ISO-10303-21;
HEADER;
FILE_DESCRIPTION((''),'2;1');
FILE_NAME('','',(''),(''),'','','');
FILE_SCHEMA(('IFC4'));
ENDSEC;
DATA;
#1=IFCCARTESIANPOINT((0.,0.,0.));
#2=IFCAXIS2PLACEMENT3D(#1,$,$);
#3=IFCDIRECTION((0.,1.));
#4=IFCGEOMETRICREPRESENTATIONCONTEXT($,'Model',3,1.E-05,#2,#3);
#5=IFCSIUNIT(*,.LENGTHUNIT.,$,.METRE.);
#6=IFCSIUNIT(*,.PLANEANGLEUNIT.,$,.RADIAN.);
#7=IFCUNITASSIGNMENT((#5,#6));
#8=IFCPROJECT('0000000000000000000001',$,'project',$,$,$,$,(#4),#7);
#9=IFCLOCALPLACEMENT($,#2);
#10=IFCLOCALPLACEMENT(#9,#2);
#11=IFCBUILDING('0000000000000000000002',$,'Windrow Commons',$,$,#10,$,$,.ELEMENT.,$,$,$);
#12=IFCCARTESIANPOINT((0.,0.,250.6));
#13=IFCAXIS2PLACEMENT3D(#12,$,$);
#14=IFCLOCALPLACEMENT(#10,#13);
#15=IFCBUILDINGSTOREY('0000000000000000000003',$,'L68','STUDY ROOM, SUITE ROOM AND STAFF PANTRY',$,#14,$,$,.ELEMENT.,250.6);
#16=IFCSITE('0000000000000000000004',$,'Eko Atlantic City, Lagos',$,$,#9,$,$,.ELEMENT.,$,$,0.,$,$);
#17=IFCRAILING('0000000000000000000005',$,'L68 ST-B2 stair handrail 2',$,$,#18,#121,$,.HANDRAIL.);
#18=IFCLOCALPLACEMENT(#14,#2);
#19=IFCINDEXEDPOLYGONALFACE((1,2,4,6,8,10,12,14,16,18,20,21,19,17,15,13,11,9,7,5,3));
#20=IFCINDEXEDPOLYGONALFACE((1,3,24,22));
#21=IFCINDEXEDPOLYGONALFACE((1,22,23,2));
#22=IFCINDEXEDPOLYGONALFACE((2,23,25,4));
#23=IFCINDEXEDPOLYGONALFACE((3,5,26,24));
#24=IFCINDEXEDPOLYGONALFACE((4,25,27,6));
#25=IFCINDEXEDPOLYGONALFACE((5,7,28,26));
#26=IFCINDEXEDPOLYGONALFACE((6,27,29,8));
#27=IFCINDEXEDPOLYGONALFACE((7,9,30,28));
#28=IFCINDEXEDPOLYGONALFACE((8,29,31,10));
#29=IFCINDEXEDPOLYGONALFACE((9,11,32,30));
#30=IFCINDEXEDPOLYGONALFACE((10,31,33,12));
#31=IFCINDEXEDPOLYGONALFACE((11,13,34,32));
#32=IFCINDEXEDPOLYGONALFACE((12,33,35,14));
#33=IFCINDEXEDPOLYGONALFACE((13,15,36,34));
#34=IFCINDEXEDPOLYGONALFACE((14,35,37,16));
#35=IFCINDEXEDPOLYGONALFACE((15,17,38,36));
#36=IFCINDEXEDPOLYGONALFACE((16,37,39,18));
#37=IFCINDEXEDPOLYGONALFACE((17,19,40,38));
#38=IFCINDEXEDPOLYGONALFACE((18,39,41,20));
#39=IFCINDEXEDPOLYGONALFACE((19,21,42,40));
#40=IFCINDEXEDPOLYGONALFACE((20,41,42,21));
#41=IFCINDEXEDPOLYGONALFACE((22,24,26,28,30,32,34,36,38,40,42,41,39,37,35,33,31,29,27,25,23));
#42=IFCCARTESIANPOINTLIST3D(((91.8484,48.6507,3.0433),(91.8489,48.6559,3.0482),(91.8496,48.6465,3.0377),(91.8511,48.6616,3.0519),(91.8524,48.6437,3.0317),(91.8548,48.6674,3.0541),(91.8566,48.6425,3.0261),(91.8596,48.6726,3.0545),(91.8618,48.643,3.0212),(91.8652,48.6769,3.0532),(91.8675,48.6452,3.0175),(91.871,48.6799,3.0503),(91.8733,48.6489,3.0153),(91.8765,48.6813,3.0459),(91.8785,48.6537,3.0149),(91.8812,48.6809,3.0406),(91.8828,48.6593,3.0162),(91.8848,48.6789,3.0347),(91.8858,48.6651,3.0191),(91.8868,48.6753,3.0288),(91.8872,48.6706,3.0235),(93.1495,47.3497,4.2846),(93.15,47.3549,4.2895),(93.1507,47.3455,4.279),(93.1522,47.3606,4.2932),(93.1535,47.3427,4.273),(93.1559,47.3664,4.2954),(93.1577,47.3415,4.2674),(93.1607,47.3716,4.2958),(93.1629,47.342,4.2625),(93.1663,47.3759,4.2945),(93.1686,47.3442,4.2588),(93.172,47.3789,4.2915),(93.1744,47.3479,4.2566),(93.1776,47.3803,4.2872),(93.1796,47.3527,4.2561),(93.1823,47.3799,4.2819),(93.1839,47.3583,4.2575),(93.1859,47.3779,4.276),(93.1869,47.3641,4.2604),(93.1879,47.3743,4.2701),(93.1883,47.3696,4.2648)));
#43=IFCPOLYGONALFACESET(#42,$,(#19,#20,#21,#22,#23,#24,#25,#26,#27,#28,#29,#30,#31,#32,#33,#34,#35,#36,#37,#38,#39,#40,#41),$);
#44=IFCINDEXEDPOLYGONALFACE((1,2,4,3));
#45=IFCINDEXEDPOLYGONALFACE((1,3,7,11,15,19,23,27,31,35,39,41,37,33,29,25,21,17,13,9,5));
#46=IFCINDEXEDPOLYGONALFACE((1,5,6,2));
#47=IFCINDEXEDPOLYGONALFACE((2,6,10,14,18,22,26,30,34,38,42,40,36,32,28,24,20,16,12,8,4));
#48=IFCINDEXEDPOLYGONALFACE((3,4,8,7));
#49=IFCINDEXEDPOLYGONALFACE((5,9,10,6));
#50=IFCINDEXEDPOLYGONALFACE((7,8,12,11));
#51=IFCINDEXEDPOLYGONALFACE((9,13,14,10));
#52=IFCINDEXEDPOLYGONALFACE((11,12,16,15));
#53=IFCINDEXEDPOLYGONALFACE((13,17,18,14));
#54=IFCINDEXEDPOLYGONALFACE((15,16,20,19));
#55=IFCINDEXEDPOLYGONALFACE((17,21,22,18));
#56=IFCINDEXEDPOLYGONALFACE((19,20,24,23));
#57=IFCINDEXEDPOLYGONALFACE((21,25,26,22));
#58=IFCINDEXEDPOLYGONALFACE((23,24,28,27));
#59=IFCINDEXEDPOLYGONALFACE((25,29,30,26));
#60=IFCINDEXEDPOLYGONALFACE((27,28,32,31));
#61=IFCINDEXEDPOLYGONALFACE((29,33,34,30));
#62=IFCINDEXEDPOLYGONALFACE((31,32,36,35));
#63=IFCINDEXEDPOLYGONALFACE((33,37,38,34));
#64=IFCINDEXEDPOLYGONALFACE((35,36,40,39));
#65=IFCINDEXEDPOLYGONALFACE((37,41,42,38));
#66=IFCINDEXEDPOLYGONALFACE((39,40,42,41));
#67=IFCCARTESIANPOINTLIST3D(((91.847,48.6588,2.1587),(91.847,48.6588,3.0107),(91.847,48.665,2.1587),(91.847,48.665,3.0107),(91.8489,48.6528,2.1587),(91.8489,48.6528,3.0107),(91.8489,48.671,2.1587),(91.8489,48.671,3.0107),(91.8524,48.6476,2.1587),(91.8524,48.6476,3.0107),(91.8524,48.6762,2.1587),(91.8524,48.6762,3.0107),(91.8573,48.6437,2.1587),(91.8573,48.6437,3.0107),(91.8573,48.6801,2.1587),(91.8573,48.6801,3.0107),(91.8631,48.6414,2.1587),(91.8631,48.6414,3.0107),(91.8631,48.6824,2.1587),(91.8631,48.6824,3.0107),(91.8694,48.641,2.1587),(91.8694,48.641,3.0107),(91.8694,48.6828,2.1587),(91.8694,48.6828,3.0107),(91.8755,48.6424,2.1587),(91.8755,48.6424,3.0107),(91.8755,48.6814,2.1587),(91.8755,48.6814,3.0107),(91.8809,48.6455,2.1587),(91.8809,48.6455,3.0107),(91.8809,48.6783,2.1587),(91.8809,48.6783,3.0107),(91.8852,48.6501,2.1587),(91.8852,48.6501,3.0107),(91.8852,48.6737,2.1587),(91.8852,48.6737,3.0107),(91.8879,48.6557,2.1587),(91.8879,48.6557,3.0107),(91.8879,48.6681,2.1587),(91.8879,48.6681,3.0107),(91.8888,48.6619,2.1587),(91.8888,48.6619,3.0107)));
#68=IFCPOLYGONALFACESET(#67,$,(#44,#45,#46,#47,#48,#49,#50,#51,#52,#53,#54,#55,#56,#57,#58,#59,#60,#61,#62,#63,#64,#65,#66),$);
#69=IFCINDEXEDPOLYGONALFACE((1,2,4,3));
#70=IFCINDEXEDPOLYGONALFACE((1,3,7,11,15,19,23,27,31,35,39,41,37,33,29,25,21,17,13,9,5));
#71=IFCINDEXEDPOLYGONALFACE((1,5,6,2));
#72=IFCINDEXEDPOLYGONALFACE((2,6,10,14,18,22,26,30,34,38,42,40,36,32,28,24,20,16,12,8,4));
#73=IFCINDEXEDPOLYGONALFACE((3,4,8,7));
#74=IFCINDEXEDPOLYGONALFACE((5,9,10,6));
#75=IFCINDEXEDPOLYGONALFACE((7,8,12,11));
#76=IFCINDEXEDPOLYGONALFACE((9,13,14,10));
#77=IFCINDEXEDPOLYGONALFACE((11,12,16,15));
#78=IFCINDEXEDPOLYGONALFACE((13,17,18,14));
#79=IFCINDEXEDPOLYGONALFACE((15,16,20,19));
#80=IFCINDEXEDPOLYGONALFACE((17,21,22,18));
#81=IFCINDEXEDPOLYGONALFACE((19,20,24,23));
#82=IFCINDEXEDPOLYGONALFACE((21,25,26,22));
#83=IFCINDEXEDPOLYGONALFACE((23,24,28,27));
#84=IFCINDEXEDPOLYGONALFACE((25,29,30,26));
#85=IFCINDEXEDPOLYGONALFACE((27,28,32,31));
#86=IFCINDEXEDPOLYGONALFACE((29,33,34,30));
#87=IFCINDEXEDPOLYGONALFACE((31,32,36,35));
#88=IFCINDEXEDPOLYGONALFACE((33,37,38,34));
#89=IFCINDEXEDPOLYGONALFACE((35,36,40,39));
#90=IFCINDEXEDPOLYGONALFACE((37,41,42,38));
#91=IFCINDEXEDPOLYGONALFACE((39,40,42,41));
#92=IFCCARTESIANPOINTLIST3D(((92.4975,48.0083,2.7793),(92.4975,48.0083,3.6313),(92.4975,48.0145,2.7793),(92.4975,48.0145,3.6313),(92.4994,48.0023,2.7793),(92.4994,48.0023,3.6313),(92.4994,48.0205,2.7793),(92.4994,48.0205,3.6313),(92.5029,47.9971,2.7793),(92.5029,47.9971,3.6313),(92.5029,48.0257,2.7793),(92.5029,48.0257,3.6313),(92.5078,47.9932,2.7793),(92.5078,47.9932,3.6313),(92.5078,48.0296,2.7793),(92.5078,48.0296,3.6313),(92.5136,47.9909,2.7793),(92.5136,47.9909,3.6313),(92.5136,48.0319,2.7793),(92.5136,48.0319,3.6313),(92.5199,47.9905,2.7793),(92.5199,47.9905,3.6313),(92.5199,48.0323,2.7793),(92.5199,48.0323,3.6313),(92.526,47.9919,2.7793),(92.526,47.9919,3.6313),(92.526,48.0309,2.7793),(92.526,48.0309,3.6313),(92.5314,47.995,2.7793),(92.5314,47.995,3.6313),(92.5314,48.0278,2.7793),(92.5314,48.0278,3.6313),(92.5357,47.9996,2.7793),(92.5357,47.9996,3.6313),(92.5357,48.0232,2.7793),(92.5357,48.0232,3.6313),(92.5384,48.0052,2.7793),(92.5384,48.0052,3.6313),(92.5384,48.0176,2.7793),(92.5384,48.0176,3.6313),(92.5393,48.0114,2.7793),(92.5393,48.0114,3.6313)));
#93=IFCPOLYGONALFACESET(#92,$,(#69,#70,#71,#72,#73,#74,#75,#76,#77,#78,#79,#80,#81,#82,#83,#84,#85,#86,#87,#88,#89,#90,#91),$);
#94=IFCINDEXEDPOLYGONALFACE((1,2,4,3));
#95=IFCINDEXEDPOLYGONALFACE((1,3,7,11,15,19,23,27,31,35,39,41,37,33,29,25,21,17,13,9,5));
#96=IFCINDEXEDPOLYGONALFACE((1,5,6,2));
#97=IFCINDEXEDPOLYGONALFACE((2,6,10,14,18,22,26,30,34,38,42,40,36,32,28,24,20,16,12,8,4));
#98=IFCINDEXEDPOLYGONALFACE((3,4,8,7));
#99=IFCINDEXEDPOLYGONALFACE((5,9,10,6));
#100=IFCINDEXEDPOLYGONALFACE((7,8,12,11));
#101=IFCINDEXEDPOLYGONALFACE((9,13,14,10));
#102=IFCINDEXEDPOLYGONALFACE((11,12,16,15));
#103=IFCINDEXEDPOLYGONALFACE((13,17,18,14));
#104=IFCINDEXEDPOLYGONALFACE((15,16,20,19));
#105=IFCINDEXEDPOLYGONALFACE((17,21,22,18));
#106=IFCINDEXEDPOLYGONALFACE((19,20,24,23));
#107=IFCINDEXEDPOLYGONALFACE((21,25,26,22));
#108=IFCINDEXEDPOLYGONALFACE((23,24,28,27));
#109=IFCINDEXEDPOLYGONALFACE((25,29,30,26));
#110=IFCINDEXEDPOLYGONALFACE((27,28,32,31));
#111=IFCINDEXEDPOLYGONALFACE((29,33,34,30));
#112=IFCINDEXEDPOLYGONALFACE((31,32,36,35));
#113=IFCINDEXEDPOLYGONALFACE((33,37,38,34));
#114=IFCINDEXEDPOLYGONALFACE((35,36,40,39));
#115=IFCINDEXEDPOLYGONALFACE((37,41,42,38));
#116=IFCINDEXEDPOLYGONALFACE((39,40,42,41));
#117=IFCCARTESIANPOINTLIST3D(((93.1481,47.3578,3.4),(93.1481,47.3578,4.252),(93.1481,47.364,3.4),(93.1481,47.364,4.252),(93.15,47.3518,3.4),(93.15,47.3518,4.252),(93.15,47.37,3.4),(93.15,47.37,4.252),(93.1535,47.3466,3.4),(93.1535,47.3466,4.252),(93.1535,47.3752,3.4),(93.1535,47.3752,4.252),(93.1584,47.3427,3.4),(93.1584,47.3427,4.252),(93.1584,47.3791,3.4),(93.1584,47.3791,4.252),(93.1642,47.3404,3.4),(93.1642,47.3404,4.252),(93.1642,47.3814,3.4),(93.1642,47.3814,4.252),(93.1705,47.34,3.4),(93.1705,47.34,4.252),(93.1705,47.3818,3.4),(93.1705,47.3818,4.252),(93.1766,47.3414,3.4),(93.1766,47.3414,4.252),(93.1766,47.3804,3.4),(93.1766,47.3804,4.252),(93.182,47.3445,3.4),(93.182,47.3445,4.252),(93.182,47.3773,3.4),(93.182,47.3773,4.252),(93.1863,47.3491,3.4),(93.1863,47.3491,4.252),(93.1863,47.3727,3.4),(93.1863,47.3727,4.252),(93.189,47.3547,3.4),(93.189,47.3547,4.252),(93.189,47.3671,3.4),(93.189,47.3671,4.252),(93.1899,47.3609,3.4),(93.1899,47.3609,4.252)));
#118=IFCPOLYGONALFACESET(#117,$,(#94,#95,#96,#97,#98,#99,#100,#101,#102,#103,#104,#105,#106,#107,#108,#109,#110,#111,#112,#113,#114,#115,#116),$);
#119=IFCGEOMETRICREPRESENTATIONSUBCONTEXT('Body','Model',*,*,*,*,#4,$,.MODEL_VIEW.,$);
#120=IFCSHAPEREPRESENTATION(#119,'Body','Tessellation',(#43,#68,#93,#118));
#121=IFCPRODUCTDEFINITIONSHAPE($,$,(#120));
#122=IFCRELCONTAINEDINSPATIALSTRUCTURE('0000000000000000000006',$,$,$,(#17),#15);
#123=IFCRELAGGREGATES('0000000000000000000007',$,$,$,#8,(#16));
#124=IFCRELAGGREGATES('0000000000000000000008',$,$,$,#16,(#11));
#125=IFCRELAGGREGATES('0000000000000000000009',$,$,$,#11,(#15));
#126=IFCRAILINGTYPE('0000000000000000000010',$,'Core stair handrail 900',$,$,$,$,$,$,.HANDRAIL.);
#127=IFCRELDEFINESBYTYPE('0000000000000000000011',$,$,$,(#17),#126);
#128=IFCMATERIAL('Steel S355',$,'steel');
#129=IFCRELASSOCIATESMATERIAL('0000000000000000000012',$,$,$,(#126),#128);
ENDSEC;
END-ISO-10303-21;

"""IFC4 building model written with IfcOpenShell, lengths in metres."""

from ifc_helpers import new_model, si_unit, direction, frame, origin, origin_2d, place, context, subcontext, project, spatial, circle, extrude, material, type_object, element, save


model = new_model("IFC4")

# Units and contexts
model_context = context("Model", 3, precision=1e-05, world=origin(), true_north=direction((0.0, 1.0)))
body_context = subcontext(model_context, "Body", "Model", "MODEL_VIEW")
ifc_project = project(units=[si_unit("LENGTHUNIT", "METRE"), si_unit("PLANEANGLEUNIT", "RADIAN")], contexts=[model_context])

# Site, building, storey
site_placement = place(None, origin())
site = spatial("IfcSite", under=ifc_project, at=site_placement, Name="Eko Atlantic City, Lagos", CompositionType="ELEMENT", RefElevation=0.0)
building_placement = place(site_placement, origin())
building = spatial("IfcBuilding", under=site, at=building_placement, Name="Windrow Commons", CompositionType="ELEMENT")
storey_placement = place(building_placement, frame((0.0, 0.0, 250.6)))
storey = spatial("IfcBuildingStorey", under=building, at=storey_placement, Name="L68", Description="STUDY ROOM, SUITE ROOM AND STAFF PANTRY", CompositionType="ELEMENT", Elevation=250.6)

# Railing
ifc_material_1 = material(Name="Steel S355", Category="steel")
railing_type_1 = type_object("IfcRailingType", Name="Core stair handrail 900", PredefinedType="HANDRAIL", material=ifc_material_1)
railing_1_placement = place(storey_placement, frame((91.8678, 48.6619, 2.1587)))
element("IfcRailing", 1, at=railing_1_placement, inside=storey, type_object=railing_type_1, Name="L68 ST-B2 stair handrail 2", PredefinedType="HANDRAIL", context=body_context, shape_type="SweptSolid", body=[
    extrude(circle(Radius=0.024, at=origin_2d()), frame((0.0, 0.0, 0.876), z_axis=(0.586207, -0.586162, 0.559264), x_axis=(0.70708, 0.707134, 0.0)), (0.0, 0.0, 1.0), 2.2195),
    extrude(circle(Radius=0.021, at=origin_2d()), origin(), (0.0, 0.0, 1.0), 0.852),
    extrude(circle(Radius=0.021, at=origin_2d()), frame((0.6505, -0.6505, 0.6206)), (0.0, 0.0, 1.0), 0.852),
    extrude(circle(Radius=0.021, at=origin_2d()), frame((1.3011, -1.301, 1.2413)), (0.0, 0.0, 1.0), 0.852),
])

save(model, "model.ifc")
